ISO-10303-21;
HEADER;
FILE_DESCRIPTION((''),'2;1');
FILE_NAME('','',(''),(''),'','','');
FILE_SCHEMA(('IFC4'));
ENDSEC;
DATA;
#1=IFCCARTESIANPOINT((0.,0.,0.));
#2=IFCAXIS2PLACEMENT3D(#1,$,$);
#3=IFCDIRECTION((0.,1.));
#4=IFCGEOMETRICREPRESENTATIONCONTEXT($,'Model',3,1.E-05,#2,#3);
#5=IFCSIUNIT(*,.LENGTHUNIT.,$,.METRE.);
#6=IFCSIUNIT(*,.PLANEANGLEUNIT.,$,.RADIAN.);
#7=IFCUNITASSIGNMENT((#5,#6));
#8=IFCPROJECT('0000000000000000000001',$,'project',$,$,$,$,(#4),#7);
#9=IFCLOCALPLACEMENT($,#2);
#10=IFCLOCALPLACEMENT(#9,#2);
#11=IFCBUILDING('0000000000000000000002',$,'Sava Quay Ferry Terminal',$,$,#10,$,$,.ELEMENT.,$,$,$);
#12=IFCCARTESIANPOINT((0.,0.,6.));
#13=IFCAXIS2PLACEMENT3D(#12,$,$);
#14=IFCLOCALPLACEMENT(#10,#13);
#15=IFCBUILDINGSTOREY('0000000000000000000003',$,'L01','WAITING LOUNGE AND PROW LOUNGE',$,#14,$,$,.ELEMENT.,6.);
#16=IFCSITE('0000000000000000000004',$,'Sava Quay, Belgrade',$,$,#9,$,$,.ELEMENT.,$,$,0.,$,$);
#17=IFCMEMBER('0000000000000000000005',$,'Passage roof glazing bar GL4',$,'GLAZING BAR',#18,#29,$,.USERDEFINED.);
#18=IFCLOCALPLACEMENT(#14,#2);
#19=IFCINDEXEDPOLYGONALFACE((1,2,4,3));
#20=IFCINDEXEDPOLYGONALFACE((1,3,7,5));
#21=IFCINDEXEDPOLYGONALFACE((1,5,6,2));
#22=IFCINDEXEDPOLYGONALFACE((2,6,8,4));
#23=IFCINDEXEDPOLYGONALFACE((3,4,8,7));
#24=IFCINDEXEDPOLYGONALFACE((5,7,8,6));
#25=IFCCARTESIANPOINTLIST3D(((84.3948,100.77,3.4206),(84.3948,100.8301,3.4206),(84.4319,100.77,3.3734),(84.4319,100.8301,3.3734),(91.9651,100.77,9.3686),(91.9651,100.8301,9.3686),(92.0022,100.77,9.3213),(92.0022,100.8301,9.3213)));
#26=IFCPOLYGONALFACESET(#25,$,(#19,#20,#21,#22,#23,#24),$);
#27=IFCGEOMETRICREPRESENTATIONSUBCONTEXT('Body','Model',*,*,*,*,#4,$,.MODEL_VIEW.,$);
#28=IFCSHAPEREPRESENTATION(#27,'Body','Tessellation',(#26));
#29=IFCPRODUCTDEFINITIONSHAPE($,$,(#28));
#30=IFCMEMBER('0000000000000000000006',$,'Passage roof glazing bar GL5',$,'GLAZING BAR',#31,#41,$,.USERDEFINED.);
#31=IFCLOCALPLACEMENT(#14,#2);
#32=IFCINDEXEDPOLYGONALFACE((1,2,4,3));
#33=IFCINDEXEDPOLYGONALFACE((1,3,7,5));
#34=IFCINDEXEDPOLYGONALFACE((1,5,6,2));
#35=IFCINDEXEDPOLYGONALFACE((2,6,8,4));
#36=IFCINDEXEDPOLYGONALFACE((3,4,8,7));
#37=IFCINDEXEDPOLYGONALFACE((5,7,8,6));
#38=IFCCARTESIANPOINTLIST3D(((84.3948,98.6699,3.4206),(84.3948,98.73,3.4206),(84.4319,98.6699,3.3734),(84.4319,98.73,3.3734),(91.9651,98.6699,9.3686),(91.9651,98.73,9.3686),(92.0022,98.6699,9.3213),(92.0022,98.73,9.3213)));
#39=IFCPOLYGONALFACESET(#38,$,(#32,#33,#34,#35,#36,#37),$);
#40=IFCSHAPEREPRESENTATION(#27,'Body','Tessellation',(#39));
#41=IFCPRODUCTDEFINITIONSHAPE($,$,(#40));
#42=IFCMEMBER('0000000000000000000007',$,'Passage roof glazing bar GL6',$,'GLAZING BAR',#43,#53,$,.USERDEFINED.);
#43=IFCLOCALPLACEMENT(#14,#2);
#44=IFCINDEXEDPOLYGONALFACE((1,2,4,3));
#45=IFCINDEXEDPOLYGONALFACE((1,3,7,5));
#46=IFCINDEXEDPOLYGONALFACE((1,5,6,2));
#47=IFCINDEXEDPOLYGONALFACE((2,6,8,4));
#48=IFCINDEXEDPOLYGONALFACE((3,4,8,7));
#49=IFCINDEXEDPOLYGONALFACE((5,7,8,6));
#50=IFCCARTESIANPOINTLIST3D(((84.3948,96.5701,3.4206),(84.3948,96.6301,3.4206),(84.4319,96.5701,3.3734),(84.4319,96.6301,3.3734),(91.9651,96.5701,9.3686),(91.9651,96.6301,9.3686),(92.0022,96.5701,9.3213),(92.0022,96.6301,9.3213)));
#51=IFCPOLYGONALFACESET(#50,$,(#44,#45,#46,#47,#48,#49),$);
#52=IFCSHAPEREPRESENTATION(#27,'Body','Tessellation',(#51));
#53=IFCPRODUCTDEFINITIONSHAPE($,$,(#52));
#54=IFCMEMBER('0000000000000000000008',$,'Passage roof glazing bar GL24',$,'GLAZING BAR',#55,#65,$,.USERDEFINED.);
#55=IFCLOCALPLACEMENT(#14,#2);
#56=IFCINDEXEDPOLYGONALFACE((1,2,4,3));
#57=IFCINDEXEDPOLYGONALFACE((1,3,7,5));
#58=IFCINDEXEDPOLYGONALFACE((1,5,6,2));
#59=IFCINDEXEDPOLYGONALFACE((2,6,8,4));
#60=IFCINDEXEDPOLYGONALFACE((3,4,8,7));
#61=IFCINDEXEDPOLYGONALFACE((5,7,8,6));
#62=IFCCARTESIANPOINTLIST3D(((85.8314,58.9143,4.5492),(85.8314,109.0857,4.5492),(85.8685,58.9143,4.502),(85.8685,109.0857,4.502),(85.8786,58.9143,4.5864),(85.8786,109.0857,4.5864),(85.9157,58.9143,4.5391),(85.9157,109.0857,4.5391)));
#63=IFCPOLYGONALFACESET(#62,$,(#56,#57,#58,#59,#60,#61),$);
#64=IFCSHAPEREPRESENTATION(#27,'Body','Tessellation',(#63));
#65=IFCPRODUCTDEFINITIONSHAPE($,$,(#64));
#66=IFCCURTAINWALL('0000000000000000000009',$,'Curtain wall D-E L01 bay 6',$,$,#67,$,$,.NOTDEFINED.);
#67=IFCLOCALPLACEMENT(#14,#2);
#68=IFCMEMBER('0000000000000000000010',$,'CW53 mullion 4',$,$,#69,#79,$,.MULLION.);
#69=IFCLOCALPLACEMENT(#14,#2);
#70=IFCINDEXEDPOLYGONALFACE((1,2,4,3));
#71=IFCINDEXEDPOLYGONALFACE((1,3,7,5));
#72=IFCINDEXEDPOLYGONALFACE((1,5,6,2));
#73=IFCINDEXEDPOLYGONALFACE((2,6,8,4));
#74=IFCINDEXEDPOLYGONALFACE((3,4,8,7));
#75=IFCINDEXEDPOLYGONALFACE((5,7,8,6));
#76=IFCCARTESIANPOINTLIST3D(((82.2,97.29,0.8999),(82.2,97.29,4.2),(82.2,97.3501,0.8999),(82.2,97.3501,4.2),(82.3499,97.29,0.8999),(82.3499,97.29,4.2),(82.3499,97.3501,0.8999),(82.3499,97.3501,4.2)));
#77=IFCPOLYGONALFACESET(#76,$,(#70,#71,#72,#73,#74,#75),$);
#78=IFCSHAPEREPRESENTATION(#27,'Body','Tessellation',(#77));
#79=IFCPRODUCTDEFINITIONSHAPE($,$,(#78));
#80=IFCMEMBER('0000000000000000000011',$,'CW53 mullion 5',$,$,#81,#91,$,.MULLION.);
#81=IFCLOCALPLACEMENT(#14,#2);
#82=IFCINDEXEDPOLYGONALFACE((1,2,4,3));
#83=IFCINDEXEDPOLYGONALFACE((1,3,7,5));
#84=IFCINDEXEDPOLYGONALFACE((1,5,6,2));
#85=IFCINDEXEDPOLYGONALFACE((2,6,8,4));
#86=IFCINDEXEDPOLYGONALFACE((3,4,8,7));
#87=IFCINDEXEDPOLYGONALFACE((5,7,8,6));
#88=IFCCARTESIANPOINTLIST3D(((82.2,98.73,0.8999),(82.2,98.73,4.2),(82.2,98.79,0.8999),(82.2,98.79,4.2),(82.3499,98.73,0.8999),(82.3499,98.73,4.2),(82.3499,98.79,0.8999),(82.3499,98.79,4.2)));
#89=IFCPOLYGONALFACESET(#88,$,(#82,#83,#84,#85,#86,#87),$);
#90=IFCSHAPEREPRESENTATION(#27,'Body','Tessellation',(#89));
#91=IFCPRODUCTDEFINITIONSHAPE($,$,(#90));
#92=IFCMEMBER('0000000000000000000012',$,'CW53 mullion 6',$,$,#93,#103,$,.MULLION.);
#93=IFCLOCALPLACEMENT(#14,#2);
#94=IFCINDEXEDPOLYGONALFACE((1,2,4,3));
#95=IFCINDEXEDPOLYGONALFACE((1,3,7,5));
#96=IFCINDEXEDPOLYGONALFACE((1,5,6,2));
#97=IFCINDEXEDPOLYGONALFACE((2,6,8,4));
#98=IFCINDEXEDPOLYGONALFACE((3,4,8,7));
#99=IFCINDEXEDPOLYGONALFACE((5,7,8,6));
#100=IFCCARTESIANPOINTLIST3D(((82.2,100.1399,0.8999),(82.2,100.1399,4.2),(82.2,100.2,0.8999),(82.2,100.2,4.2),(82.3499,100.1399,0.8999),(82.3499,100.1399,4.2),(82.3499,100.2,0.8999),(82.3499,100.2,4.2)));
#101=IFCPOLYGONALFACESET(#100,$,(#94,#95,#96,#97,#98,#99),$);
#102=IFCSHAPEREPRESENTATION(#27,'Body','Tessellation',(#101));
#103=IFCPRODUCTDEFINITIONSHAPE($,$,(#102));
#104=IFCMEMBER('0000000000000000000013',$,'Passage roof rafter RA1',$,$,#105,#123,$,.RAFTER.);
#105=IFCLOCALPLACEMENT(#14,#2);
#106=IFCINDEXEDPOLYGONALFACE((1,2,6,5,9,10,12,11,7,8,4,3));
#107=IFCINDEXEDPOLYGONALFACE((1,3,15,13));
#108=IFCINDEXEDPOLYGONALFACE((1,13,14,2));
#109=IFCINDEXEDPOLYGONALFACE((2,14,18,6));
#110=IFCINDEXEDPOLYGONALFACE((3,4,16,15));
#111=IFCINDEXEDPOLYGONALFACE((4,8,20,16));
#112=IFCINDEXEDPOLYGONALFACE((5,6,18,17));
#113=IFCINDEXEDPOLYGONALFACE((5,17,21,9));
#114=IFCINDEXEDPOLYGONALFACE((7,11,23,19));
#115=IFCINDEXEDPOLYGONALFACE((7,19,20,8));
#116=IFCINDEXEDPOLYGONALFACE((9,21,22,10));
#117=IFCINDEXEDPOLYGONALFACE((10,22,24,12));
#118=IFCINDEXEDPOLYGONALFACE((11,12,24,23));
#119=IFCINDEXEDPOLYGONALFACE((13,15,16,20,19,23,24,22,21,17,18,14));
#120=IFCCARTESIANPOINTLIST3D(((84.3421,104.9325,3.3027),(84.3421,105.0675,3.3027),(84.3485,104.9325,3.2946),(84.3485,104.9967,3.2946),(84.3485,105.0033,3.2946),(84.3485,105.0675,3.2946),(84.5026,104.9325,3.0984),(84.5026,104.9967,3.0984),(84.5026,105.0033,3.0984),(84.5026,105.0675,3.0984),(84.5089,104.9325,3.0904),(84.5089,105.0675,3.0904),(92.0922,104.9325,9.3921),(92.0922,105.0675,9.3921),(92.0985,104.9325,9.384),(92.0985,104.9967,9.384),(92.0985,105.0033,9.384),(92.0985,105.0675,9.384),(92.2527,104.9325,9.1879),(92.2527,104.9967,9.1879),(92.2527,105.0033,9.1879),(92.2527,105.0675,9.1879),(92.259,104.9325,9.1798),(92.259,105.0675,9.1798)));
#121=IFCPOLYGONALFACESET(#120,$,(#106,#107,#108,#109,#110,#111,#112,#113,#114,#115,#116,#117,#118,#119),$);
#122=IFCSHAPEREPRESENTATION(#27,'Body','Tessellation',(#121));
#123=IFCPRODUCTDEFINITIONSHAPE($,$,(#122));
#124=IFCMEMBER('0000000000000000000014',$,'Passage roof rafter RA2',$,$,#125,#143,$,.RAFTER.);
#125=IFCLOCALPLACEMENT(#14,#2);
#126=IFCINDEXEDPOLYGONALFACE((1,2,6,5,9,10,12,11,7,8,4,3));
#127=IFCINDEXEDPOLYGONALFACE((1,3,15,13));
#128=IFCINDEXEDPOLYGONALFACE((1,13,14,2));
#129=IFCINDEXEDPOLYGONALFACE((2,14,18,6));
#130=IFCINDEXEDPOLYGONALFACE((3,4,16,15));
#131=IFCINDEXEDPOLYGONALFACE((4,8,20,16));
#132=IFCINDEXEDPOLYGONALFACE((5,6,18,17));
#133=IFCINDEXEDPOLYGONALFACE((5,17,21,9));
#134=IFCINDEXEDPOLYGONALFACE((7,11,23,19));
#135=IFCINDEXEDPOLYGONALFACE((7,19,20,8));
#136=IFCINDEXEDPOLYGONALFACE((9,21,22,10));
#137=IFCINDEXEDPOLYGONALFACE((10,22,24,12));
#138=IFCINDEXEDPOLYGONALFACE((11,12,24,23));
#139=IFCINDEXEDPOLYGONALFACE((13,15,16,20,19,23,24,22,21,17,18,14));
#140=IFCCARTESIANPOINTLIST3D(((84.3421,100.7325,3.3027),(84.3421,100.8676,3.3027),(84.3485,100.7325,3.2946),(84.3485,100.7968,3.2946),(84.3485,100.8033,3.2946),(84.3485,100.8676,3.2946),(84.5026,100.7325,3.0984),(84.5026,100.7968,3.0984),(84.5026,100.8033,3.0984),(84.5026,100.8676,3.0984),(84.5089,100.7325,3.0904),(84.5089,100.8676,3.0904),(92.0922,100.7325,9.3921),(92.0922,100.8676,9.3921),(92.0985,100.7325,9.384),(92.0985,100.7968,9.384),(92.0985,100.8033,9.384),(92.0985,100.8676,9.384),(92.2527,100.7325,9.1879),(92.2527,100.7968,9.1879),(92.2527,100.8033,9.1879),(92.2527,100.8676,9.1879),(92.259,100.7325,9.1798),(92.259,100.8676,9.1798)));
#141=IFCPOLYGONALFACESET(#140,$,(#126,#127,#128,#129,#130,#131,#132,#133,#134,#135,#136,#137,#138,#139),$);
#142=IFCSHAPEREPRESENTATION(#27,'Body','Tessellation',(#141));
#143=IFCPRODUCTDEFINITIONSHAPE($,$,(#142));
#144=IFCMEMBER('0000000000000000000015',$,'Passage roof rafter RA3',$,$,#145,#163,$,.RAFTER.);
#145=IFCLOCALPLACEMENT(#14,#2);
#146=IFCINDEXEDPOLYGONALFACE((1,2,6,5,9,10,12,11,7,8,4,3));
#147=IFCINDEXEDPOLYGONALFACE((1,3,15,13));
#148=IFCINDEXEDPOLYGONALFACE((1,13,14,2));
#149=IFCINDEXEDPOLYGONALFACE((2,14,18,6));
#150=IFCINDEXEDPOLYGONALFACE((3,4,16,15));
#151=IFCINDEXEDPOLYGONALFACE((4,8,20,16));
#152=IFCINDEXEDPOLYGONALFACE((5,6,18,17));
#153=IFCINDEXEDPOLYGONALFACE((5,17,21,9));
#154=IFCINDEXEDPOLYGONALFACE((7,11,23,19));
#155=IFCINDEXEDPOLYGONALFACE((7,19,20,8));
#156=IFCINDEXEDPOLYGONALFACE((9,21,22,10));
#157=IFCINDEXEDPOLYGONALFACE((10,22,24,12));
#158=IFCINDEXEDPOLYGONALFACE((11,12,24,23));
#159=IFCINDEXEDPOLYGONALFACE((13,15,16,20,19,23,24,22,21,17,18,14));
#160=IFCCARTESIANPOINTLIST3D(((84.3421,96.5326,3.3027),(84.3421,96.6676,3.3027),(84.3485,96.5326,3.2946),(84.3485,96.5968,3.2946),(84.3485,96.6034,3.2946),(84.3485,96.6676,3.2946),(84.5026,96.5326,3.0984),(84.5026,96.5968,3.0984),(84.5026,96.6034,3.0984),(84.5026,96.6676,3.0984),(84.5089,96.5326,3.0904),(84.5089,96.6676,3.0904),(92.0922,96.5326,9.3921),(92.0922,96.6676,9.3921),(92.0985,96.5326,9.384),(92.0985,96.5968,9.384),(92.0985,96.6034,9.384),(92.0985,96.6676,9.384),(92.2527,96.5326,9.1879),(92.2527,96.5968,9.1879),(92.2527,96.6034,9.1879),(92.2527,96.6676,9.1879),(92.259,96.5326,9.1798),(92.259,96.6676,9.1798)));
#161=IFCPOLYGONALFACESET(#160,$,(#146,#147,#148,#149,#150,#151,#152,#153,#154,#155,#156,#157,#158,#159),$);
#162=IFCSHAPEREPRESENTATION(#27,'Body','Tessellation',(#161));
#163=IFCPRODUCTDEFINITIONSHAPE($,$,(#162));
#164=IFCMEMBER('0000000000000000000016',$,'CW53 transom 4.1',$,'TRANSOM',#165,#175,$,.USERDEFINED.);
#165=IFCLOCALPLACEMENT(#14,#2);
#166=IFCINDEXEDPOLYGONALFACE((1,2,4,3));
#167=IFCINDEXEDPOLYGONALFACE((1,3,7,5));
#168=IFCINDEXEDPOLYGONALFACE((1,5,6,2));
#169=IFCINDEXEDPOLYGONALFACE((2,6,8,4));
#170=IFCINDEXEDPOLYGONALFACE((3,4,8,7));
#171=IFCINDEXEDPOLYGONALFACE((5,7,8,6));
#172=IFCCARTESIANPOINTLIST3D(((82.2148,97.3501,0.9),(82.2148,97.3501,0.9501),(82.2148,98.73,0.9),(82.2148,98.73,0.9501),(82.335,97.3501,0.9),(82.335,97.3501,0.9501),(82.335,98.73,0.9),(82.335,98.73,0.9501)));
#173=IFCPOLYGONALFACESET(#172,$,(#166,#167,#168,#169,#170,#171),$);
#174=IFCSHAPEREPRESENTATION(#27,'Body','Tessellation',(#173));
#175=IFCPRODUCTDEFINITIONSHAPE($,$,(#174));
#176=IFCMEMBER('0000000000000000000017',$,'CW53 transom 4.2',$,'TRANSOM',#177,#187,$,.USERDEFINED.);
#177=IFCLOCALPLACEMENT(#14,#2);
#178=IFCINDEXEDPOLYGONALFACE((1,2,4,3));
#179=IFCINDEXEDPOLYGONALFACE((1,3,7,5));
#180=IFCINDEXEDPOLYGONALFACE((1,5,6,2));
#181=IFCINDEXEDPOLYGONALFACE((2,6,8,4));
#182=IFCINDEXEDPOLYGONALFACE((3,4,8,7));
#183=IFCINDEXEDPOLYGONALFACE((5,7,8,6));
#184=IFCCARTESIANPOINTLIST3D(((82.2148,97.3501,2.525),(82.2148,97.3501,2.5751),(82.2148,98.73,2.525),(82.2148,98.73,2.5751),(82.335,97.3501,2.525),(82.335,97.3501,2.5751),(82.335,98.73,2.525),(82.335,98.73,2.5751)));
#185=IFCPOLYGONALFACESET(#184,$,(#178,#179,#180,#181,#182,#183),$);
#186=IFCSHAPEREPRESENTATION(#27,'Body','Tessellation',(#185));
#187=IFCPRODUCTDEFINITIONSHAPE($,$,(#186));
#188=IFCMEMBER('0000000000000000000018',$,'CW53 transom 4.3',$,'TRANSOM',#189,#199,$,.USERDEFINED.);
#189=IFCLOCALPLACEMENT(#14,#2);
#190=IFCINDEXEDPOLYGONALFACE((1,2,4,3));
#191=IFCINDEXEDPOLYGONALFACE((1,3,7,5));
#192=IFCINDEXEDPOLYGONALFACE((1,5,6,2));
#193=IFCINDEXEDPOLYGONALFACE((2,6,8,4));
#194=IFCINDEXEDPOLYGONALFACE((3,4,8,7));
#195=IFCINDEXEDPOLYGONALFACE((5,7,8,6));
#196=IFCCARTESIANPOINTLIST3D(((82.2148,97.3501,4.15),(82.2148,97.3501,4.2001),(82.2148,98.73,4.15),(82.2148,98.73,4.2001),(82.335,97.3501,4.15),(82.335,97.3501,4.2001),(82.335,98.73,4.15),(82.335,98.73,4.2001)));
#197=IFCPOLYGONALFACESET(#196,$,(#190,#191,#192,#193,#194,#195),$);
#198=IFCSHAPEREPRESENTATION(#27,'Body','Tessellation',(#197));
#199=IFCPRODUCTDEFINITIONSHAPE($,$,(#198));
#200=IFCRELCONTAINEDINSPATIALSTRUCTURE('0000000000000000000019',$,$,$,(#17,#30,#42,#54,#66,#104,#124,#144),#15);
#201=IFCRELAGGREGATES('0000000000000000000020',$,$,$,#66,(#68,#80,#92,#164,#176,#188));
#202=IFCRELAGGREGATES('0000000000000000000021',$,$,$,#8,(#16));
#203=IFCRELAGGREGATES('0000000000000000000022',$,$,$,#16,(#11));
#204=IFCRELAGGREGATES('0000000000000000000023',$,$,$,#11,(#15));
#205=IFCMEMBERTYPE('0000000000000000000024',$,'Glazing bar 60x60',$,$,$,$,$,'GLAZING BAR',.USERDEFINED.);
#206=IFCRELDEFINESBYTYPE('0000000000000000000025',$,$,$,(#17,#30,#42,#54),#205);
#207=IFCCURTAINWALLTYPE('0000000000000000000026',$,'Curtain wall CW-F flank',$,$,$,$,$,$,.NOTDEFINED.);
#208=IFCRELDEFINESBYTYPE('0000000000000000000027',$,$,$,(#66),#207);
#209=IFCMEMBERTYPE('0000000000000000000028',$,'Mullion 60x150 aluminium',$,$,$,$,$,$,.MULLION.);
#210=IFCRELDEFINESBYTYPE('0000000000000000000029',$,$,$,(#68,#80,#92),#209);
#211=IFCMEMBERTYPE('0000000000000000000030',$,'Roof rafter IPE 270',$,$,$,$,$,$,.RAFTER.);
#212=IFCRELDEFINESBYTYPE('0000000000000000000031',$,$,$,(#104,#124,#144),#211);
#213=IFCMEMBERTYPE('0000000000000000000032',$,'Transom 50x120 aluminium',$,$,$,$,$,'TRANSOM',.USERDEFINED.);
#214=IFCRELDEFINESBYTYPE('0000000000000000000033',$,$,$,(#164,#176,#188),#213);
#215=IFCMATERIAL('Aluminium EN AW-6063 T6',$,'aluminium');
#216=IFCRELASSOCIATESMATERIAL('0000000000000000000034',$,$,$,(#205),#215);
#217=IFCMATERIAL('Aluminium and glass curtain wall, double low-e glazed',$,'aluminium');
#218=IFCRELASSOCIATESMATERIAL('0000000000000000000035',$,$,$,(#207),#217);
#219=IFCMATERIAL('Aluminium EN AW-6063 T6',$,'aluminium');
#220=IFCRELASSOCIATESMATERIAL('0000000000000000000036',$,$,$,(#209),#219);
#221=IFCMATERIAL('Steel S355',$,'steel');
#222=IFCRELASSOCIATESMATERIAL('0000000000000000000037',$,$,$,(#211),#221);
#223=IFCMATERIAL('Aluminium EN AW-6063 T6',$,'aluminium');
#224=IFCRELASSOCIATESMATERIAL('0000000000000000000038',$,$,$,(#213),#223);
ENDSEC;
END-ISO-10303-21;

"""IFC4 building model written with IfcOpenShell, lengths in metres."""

from ifc_helpers import new_model, si_unit, direction, frame, origin, origin_2d, place, context, subcontext, project, spatial, rectangle, i_section, extrude, material, material_profile, profile_set, type_object, element, aggregate, save


model = new_model("IFC4")

# Units and contexts
model_context = context("Model", 3, precision=1e-05, world=origin(), true_north=direction((0.0, 1.0)))
body_context = subcontext(model_context, "Body", "Model", "MODEL_VIEW")
ifc_project = project(units=[si_unit("LENGTHUNIT", "METRE"), si_unit("PLANEANGLEUNIT", "RADIAN")], contexts=[model_context])

# Site, building, storey
site_placement = place(None, origin())
site = spatial("IfcSite", under=ifc_project, at=site_placement, Name="Sava Quay, Belgrade", CompositionType="ELEMENT", RefElevation=0.0)
building_placement = place(site_placement, origin())
building = spatial("IfcBuilding", under=site, at=building_placement, Name="Sava Quay Ferry Terminal", CompositionType="ELEMENT")
storey_placement = place(building_placement, frame((0.0, 0.0, 6.0)))
storey = spatial("IfcBuildingStorey", under=building, at=storey_placement, Name="L01", Description="WAITING LOUNGE AND PROW LOUNGE", CompositionType="ELEMENT", Elevation=6.0)

# Members
ifc_material_1 = material(Name="Aluminium EN AW-6063 T6", Category="aluminium")
ifc_material_profile_1 = material_profile(ifc_material_1, rectangle(XDim=0.0601, YDim=0.0601, at=origin_2d()), Name="Bar 60 x 60")
ifc_profile_set_1 = profile_set([ifc_material_profile_1], Name="Aluminium EN AW-6063 T6")
member_type_1 = type_object("IfcMemberType", Name="Glazing bar 60x60", ElementType="GLAZING BAR", PredefinedType="USERDEFINED", material=ifc_profile_set_1)
for number, where, z_axis, x_axis, name in (
    (1, (84.4133, 100.8, 3.397), (0.786324, 0.0, 0.617815), (0.0, 1.0, 0.0), "Passage roof glazing bar GL4"),
    (2, (84.4133, 98.7, 3.397), (0.786324, 0.0, 0.617815), (0.0, 1.0, 0.0), "Passage roof glazing bar GL5"),
    (3, (84.4133, 96.6001, 3.397), (0.786324, 0.0, 0.617815), (0.0, 1.0, 0.0), "Passage roof glazing bar GL6"),
):
    element("IfcMember", number, at=place(storey_placement, frame(where, z_axis=z_axis, x_axis=x_axis)), inside=storey, type_object=member_type_1, Name=name, ObjectType="GLAZING BAR", PredefinedType="USERDEFINED", context=body_context, shape_type="SweptSolid", body=[
        extrude(rectangle(XDim=0.0601, YDim=0.0601, at=origin_2d()), origin(), (0.0, 0.0, 1.0), 9.6274),
    ])
member_1_placement = place(storey_placement, frame((85.8735, 109.0857, 4.5442), z_axis=(0.0, -1.0, 0.0), x_axis=(0.786318, 0.0, 0.617822)))
element("IfcMember", 4, at=member_1_placement, inside=storey, type_object=member_type_1, Name="Passage roof glazing bar GL24", ObjectType="GLAZING BAR", PredefinedType="USERDEFINED", context=body_context, shape_type="SweptSolid", body=[
    extrude(rectangle(XDim=0.0601, YDim=0.0601, at=origin_2d()), origin(), (0.0, 0.0, 1.0), 50.1714),
])

# Curtain wall, members
ifc_material_2 = material(Name="Aluminium and glass curtain wall, double low-e glazed", Category="aluminium")
curtain_wall_type = type_object("IfcCurtainWallType", Name="Curtain wall CW-F flank", PredefinedType="NOTDEFINED", material=ifc_material_2)
curtain_wall_placement = place(storey_placement, origin())
curtain_wall = element("IfcCurtainWall", 5, at=curtain_wall_placement, inside=storey, type_object=curtain_wall_type, Name="Curtain wall D-E L01 bay 6", PredefinedType="NOTDEFINED")
ifc_material_3 = material(Name="Aluminium EN AW-6063 T6", Category="aluminium")
ifc_material_profile_2 = material_profile(ifc_material_3, rectangle(XDim=0.1499, YDim=0.0601, at=origin_2d()), Name="Mullion 60x150 aluminium")
ifc_profile_set_2 = profile_set([ifc_material_profile_2], Name="Aluminium EN AW-6063 T6")
member_type_2 = type_object("IfcMemberType", Name="Mullion 60x150 aluminium", PredefinedType="MULLION", material=ifc_profile_set_2)
member_2_placement = place(storey_placement, frame((82.2749, 97.3201, 0.8999), z_axis=(0.0, 0.0, 1.0), x_axis=(-1.0, 0.0, 0.0)))
member_2 = element("IfcMember", 6, at=member_2_placement, type_object=member_type_2, Name="CW53 mullion 4", PredefinedType="MULLION", context=body_context, shape_type="SweptSolid", body=[
    extrude(rectangle(XDim=0.1499, YDim=0.0601, at=origin_2d()), origin(), (0.0, 0.0, 1.0), 3.3),
])
member_3_placement = place(storey_placement, frame((82.2749, 98.76, 0.8999), z_axis=(0.0, 0.0, 1.0), x_axis=(-1.0, 0.0, 0.0)))
member_3 = element("IfcMember", 7, at=member_3_placement, type_object=member_type_2, Name="CW53 mullion 5", PredefinedType="MULLION", context=body_context, shape_type="SweptSolid", body=[
    extrude(rectangle(XDim=0.1499, YDim=0.0601, at=origin_2d()), origin(), (0.0, 0.0, 1.0), 3.3),
])
member_4_placement = place(storey_placement, frame((82.2749, 100.1699, 0.8999), z_axis=(0.0, 0.0, 1.0), x_axis=(-1.0, 0.0, 0.0)))
member_4 = element("IfcMember", 8, at=member_4_placement, type_object=member_type_2, Name="CW53 mullion 6", PredefinedType="MULLION", context=body_context, shape_type="SweptSolid", body=[
    extrude(rectangle(XDim=0.1499, YDim=0.0601, at=origin_2d()), origin(), (0.0, 0.0, 1.0), 3.3),
])

# Members
ifc_material_4 = material(Name="Steel S355", Category="steel")
ifc_material_profile_3 = material_profile(ifc_material_4, i_section(OverallWidth=0.135, OverallDepth=0.27, WebThickness=0.0066, FlangeThickness=0.0103, at=origin_2d()), Name="IPE 270")
ifc_profile_set_3 = profile_set([ifc_material_profile_3], Name="Steel S355")
member_type_3 = type_object("IfcMemberType", Name="Roof rafter IPE 270", PredefinedType="RAFTER", material=ifc_profile_set_3)
for number, where, z_axis, x_axis, name in (
    (9, (84.4255, 105.0, 3.1965), (0.786315, 0.0, 0.617826), (0.0, 1.0, 0.0), "Passage roof rafter RA1"),
    (10, (84.4255, 100.8, 3.1965), (0.786315, 0.0, 0.617826), (0.0, 1.0, 0.0), "Passage roof rafter RA2"),
    (11, (84.4255, 96.6001, 3.1965), (0.786315, 0.0, 0.617826), (0.0, 1.0, 0.0), "Passage roof rafter RA3"),
):
    element("IfcMember", number, at=place(storey_placement, frame(where, z_axis=z_axis, x_axis=x_axis)), inside=storey, type_object=member_type_3, Name=name, PredefinedType="RAFTER", context=body_context, shape_type="SweptSolid", body=[
        extrude(i_section(OverallWidth=0.135, OverallDepth=0.27, WebThickness=0.0066, FlangeThickness=0.0103, at=origin_2d()), origin(), (0.0, 0.0, 1.0), 9.8562),
    ])

# Members
ifc_material_5 = material(Name="Aluminium EN AW-6063 T6", Category="aluminium")
ifc_material_profile_4 = material_profile(ifc_material_5, rectangle(XDim=0.1201, YDim=0.05, at=origin_2d()), Name="Transom 50x120 aluminium")
ifc_profile_set_4 = profile_set([ifc_material_profile_4], Name="Aluminium EN AW-6063 T6")
member_type_4 = type_object("IfcMemberType", Name="Transom 50x120 aluminium", ElementType="TRANSOM", PredefinedType="USERDEFINED", material=ifc_profile_set_4)
member_5_placement = place(storey_placement, frame((82.2749, 97.3501, 0.925), z_axis=(0.0, 1.0, 0.0), x_axis=(-1.0, 0.0, 0.0)))
member_5 = element("IfcMember", 12, at=member_5_placement, type_object=member_type_4, Name="CW53 transom 4.1", ObjectType="TRANSOM", PredefinedType="USERDEFINED", context=body_context, shape_type="SweptSolid", body=[
    extrude(rectangle(XDim=0.1201, YDim=0.05, at=origin_2d()), origin(), (0.0, 0.0, 1.0), 1.3799),
])
member_6_placement = place(storey_placement, frame((82.2749, 97.3501, 2.55), z_axis=(0.0, 1.0, 0.0), x_axis=(-1.0, 0.0, 0.0)))
member_6 = element("IfcMember", 13, at=member_6_placement, type_object=member_type_4, Name="CW53 transom 4.2", ObjectType="TRANSOM", PredefinedType="USERDEFINED", context=body_context, shape_type="SweptSolid", body=[
    extrude(rectangle(XDim=0.1201, YDim=0.05, at=origin_2d()), origin(), (0.0, 0.0, 1.0), 1.3799),
])
member_7_placement = place(storey_placement, frame((82.2749, 97.3501, 4.175), z_axis=(0.0, 1.0, 0.0), x_axis=(-1.0, 0.0, 0.0)))
member_7 = element("IfcMember", 14, at=member_7_placement, type_object=member_type_4, Name="CW53 transom 4.3", ObjectType="TRANSOM", PredefinedType="USERDEFINED", context=body_context, shape_type="SweptSolid", body=[
    extrude(rectangle(XDim=0.1201, YDim=0.05, at=origin_2d()), origin(), (0.0, 0.0, 1.0), 1.3799),
])

aggregate(curtain_wall, [member_2, member_3, member_4, member_5, member_6, member_7])

save(model, "model.ifc")
